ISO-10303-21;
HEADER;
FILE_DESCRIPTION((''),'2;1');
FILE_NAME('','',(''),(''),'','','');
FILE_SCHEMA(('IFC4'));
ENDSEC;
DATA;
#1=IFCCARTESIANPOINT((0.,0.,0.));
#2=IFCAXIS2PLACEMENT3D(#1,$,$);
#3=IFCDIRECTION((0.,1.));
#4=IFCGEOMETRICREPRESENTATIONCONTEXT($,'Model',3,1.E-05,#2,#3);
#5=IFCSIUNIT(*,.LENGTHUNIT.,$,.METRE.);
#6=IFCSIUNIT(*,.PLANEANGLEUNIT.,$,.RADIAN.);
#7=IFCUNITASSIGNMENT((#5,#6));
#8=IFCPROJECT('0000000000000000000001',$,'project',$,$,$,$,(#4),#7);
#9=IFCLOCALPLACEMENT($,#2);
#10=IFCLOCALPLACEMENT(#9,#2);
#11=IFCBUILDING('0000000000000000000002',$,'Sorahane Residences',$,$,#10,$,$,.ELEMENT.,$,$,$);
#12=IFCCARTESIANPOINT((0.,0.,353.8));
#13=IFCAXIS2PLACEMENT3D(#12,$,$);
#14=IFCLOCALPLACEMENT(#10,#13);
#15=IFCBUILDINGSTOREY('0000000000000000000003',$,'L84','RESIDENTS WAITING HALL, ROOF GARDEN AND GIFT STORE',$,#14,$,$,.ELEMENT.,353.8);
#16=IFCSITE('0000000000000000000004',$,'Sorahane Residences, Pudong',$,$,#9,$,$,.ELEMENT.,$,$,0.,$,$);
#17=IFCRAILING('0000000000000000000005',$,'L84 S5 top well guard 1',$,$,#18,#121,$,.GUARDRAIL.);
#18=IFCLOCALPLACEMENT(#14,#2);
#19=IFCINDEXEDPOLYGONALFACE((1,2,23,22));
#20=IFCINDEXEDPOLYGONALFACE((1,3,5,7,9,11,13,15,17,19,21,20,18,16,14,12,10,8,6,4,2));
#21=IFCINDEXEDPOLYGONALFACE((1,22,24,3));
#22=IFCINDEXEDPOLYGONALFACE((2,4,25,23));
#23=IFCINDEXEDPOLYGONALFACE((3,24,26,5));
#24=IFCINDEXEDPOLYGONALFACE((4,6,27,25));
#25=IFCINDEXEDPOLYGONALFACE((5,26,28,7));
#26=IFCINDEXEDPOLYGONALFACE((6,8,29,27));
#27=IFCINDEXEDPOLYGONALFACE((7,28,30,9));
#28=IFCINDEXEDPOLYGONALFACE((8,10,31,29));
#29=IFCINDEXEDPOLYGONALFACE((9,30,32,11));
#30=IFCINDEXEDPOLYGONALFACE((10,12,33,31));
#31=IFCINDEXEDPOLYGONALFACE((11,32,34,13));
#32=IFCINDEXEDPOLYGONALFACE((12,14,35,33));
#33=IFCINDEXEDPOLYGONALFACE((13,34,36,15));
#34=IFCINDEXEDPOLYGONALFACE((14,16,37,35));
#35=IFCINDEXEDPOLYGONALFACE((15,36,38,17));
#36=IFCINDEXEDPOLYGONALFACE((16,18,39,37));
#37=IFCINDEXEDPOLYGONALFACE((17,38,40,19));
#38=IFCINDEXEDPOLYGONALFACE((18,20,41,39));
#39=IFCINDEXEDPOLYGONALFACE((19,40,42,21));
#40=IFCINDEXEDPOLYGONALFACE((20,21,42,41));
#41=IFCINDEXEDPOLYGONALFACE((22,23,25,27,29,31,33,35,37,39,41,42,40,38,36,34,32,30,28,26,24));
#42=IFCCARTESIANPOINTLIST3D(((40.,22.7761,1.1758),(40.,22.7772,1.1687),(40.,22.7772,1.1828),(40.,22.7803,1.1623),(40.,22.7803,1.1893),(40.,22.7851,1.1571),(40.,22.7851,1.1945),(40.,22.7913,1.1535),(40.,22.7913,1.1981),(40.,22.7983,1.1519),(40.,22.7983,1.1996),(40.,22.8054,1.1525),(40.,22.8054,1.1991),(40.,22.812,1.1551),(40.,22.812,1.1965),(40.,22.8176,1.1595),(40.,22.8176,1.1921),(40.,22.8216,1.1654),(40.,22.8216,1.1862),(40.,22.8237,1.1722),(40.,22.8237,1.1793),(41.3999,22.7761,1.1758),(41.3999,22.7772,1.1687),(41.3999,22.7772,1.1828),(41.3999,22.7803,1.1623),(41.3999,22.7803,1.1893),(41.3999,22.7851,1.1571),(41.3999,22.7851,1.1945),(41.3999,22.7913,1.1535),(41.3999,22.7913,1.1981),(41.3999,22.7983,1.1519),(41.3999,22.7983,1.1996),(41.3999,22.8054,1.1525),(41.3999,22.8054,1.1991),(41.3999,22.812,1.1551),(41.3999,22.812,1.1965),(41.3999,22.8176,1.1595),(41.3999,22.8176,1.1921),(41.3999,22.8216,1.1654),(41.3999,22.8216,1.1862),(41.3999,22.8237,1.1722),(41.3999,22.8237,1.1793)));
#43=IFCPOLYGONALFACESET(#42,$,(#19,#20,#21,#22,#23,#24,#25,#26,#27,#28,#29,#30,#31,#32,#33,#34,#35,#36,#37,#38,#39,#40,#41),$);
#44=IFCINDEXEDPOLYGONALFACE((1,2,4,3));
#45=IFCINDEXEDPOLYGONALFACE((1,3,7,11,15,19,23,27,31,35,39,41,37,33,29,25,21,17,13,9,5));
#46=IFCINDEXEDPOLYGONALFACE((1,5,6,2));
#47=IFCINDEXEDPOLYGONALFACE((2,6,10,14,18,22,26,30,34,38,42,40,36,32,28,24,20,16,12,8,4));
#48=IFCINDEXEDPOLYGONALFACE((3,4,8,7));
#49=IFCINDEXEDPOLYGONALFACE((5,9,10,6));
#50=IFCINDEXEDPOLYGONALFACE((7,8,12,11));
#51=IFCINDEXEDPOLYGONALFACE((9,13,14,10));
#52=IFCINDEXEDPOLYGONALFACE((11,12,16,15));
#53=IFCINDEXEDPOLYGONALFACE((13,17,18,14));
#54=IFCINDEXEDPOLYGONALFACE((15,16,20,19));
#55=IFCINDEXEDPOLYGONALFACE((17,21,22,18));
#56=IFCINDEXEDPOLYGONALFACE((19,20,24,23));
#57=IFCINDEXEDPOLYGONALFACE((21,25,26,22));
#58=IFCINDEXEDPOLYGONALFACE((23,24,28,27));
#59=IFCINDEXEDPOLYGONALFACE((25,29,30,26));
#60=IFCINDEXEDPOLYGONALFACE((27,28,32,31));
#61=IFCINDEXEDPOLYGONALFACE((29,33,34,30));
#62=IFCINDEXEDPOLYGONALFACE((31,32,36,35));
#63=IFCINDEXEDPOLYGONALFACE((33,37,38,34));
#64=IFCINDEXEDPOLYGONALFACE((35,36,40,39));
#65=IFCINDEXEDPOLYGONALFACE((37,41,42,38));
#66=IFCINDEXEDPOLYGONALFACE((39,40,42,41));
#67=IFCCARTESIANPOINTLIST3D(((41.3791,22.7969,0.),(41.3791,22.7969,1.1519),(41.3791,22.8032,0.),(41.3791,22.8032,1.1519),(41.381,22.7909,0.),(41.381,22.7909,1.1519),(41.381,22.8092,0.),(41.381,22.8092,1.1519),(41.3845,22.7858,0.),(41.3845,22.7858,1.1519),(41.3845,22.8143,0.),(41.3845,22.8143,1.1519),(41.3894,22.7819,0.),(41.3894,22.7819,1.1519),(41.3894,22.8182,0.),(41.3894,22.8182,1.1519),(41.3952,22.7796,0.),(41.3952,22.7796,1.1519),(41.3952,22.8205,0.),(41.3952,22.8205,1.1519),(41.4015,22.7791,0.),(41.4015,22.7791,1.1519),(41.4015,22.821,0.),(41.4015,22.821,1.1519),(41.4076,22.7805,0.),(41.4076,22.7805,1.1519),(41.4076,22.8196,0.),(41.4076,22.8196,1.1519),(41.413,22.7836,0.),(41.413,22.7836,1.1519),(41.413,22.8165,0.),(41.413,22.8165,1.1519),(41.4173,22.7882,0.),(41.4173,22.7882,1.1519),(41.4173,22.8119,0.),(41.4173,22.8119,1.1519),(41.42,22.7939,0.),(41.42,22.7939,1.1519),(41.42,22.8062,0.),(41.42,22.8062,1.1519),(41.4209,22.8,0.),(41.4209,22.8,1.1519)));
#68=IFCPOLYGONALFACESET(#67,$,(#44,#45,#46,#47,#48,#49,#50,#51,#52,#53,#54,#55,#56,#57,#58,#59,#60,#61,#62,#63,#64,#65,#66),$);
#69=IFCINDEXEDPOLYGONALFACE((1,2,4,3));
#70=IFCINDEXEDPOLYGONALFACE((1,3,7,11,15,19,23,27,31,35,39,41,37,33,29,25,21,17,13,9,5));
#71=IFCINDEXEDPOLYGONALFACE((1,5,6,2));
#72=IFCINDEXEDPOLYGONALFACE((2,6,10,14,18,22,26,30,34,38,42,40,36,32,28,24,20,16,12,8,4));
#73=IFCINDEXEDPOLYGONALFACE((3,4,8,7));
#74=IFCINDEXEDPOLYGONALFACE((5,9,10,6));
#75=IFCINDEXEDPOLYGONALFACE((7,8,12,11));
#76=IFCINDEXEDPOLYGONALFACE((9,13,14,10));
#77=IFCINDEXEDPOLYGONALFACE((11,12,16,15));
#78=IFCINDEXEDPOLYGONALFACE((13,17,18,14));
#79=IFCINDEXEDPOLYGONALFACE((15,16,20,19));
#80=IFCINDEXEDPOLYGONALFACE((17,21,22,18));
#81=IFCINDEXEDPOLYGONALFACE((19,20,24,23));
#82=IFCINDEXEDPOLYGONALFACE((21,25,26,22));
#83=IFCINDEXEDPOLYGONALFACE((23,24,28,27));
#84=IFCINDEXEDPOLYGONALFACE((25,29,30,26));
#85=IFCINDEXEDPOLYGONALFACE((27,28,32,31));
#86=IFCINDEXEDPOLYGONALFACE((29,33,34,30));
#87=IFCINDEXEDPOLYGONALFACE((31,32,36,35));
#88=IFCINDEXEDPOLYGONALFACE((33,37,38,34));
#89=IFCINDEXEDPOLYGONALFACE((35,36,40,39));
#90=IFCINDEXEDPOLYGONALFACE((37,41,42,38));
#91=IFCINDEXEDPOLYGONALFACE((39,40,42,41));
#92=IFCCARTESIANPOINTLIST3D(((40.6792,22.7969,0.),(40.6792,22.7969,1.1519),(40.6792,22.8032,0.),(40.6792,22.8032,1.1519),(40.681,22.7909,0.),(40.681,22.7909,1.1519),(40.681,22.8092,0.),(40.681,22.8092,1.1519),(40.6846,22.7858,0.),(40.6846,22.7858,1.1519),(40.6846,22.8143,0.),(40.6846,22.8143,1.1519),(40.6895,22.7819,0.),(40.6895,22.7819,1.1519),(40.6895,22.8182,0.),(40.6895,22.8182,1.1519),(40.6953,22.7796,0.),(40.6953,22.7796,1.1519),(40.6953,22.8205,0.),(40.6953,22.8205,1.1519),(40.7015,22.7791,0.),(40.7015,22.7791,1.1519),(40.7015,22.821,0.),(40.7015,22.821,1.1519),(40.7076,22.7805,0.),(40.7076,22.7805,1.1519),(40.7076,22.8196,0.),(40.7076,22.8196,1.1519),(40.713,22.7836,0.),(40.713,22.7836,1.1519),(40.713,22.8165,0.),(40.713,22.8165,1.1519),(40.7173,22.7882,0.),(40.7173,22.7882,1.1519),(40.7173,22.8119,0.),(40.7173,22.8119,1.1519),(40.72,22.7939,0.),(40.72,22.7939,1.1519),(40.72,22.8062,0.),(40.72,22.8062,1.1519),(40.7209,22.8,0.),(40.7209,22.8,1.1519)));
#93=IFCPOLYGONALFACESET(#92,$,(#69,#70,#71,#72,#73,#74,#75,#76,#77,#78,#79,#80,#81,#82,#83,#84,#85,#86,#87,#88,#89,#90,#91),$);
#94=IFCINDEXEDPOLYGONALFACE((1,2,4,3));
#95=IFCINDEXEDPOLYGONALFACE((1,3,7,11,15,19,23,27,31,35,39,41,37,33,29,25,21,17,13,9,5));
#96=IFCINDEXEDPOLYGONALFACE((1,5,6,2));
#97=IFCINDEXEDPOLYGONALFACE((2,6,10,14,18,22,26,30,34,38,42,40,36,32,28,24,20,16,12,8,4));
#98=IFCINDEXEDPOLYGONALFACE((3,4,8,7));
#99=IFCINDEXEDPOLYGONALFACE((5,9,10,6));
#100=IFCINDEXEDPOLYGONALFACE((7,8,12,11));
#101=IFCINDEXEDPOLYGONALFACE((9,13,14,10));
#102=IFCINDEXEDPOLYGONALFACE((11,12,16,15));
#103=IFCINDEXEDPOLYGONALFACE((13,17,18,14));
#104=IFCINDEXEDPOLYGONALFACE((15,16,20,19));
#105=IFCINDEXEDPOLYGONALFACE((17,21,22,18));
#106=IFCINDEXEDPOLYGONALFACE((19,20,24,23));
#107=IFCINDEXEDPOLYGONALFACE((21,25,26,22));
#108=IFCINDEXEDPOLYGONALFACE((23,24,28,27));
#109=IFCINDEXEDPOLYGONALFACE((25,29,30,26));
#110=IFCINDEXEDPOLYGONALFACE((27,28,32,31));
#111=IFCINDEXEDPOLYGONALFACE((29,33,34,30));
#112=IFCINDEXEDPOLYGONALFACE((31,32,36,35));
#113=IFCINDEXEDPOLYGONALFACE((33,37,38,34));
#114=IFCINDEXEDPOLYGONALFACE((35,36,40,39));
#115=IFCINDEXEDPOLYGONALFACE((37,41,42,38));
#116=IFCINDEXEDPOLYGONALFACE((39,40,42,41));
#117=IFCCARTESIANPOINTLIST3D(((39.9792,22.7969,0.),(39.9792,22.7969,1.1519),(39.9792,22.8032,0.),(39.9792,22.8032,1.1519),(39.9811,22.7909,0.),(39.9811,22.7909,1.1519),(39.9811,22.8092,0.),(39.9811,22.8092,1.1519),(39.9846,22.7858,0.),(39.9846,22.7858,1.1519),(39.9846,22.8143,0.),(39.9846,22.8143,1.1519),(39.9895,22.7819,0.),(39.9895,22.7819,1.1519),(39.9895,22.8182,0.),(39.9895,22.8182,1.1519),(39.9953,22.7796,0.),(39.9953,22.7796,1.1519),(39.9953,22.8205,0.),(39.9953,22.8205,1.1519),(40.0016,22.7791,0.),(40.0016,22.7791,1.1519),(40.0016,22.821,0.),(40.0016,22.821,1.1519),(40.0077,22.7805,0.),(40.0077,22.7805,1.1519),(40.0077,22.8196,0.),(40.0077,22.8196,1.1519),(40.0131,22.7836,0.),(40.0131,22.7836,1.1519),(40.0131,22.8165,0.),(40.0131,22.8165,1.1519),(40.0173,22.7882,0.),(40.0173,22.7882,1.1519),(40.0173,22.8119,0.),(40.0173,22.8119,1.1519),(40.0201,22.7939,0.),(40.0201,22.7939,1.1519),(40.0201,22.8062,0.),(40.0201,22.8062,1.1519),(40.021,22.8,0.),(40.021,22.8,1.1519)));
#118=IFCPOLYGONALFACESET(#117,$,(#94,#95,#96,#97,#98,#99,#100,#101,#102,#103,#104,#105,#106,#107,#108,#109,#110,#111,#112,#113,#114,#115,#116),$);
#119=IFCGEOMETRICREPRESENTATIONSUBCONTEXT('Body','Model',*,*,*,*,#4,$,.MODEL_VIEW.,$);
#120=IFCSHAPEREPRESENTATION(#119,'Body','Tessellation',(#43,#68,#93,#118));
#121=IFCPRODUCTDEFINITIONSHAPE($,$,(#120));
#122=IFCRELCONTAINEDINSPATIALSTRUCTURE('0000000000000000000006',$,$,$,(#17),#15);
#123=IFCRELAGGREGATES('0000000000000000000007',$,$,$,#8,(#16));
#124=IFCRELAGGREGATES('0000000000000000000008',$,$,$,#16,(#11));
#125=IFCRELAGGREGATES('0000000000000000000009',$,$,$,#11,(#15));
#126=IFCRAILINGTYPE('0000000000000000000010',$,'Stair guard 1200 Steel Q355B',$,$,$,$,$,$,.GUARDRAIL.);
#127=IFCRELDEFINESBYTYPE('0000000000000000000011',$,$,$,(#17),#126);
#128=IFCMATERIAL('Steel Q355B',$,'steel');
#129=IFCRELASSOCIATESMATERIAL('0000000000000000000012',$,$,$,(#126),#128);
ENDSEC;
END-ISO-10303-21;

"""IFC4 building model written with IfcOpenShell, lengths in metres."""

from ifc_helpers import new_model, si_unit, direction, frame, origin, origin_2d, place, context, subcontext, project, spatial, circle, extrude, material, type_object, element, save


model = new_model("IFC4")

# Units and contexts
model_context = context("Model", 3, precision=1e-05, world=origin(), true_north=direction((0.0, 1.0)))
body_context = subcontext(model_context, "Body", "Model", "MODEL_VIEW")
ifc_project = project(units=[si_unit("LENGTHUNIT", "METRE"), si_unit("PLANEANGLEUNIT", "RADIAN")], contexts=[model_context])

# Site, building, storey
site_placement = place(None, origin())
site = spatial("IfcSite", under=ifc_project, at=site_placement, Name="Sorahane Residences, Pudong", CompositionType="ELEMENT", RefElevation=0.0)
building_placement = place(site_placement, origin())
building = spatial("IfcBuilding", under=site, at=building_placement, Name="Sorahane Residences", CompositionType="ELEMENT")
storey_placement = place(building_placement, frame((0.0, 0.0, 353.8)))
storey = spatial("IfcBuildingStorey", under=building, at=storey_placement, Name="L84", Description="RESIDENTS WAITING HALL, ROOF GARDEN AND GIFT STORE", CompositionType="ELEMENT", Elevation=353.8)

# Railing
ifc_material_1 = material(Name="Steel Q355B", Category="steel")
railing_type = type_object("IfcRailingType", Name="Stair guard 1200 Steel Q355B", PredefinedType="GUARDRAIL", material=ifc_material_1)
railing_placement = place(storey_placement, frame((41.3999, 22.8, 0.0)))
element("IfcRailing", 1, at=railing_placement, inside=storey, type_object=railing_type, Name="L84 S5 top well guard 1", PredefinedType="GUARDRAIL", context=body_context, shape_type="SweptSolid", body=[
    extrude(circle(Radius=0.0239, at=origin_2d()), frame((0.0, 0.0, 1.1758), z_axis=(-1.0, 0.0, 0.0), x_axis=(0.0, -1.0, 0.0)), (0.0, 0.0, 1.0), 1.3999),
    extrude(circle(Radius=0.021, at=origin_2d()), origin(), (0.0, 0.0, 1.0), 1.1519),
    extrude(circle(Radius=0.021, at=origin_2d()), frame((-0.7, 0.0, 0.0)), (0.0, 0.0, 1.0), 1.1519),
    extrude(circle(Radius=0.021, at=origin_2d()), frame((-1.3999, 0.0, 0.0)), (0.0, 0.0, 1.0), 1.1519),
])

save(model, "model.ifc")
